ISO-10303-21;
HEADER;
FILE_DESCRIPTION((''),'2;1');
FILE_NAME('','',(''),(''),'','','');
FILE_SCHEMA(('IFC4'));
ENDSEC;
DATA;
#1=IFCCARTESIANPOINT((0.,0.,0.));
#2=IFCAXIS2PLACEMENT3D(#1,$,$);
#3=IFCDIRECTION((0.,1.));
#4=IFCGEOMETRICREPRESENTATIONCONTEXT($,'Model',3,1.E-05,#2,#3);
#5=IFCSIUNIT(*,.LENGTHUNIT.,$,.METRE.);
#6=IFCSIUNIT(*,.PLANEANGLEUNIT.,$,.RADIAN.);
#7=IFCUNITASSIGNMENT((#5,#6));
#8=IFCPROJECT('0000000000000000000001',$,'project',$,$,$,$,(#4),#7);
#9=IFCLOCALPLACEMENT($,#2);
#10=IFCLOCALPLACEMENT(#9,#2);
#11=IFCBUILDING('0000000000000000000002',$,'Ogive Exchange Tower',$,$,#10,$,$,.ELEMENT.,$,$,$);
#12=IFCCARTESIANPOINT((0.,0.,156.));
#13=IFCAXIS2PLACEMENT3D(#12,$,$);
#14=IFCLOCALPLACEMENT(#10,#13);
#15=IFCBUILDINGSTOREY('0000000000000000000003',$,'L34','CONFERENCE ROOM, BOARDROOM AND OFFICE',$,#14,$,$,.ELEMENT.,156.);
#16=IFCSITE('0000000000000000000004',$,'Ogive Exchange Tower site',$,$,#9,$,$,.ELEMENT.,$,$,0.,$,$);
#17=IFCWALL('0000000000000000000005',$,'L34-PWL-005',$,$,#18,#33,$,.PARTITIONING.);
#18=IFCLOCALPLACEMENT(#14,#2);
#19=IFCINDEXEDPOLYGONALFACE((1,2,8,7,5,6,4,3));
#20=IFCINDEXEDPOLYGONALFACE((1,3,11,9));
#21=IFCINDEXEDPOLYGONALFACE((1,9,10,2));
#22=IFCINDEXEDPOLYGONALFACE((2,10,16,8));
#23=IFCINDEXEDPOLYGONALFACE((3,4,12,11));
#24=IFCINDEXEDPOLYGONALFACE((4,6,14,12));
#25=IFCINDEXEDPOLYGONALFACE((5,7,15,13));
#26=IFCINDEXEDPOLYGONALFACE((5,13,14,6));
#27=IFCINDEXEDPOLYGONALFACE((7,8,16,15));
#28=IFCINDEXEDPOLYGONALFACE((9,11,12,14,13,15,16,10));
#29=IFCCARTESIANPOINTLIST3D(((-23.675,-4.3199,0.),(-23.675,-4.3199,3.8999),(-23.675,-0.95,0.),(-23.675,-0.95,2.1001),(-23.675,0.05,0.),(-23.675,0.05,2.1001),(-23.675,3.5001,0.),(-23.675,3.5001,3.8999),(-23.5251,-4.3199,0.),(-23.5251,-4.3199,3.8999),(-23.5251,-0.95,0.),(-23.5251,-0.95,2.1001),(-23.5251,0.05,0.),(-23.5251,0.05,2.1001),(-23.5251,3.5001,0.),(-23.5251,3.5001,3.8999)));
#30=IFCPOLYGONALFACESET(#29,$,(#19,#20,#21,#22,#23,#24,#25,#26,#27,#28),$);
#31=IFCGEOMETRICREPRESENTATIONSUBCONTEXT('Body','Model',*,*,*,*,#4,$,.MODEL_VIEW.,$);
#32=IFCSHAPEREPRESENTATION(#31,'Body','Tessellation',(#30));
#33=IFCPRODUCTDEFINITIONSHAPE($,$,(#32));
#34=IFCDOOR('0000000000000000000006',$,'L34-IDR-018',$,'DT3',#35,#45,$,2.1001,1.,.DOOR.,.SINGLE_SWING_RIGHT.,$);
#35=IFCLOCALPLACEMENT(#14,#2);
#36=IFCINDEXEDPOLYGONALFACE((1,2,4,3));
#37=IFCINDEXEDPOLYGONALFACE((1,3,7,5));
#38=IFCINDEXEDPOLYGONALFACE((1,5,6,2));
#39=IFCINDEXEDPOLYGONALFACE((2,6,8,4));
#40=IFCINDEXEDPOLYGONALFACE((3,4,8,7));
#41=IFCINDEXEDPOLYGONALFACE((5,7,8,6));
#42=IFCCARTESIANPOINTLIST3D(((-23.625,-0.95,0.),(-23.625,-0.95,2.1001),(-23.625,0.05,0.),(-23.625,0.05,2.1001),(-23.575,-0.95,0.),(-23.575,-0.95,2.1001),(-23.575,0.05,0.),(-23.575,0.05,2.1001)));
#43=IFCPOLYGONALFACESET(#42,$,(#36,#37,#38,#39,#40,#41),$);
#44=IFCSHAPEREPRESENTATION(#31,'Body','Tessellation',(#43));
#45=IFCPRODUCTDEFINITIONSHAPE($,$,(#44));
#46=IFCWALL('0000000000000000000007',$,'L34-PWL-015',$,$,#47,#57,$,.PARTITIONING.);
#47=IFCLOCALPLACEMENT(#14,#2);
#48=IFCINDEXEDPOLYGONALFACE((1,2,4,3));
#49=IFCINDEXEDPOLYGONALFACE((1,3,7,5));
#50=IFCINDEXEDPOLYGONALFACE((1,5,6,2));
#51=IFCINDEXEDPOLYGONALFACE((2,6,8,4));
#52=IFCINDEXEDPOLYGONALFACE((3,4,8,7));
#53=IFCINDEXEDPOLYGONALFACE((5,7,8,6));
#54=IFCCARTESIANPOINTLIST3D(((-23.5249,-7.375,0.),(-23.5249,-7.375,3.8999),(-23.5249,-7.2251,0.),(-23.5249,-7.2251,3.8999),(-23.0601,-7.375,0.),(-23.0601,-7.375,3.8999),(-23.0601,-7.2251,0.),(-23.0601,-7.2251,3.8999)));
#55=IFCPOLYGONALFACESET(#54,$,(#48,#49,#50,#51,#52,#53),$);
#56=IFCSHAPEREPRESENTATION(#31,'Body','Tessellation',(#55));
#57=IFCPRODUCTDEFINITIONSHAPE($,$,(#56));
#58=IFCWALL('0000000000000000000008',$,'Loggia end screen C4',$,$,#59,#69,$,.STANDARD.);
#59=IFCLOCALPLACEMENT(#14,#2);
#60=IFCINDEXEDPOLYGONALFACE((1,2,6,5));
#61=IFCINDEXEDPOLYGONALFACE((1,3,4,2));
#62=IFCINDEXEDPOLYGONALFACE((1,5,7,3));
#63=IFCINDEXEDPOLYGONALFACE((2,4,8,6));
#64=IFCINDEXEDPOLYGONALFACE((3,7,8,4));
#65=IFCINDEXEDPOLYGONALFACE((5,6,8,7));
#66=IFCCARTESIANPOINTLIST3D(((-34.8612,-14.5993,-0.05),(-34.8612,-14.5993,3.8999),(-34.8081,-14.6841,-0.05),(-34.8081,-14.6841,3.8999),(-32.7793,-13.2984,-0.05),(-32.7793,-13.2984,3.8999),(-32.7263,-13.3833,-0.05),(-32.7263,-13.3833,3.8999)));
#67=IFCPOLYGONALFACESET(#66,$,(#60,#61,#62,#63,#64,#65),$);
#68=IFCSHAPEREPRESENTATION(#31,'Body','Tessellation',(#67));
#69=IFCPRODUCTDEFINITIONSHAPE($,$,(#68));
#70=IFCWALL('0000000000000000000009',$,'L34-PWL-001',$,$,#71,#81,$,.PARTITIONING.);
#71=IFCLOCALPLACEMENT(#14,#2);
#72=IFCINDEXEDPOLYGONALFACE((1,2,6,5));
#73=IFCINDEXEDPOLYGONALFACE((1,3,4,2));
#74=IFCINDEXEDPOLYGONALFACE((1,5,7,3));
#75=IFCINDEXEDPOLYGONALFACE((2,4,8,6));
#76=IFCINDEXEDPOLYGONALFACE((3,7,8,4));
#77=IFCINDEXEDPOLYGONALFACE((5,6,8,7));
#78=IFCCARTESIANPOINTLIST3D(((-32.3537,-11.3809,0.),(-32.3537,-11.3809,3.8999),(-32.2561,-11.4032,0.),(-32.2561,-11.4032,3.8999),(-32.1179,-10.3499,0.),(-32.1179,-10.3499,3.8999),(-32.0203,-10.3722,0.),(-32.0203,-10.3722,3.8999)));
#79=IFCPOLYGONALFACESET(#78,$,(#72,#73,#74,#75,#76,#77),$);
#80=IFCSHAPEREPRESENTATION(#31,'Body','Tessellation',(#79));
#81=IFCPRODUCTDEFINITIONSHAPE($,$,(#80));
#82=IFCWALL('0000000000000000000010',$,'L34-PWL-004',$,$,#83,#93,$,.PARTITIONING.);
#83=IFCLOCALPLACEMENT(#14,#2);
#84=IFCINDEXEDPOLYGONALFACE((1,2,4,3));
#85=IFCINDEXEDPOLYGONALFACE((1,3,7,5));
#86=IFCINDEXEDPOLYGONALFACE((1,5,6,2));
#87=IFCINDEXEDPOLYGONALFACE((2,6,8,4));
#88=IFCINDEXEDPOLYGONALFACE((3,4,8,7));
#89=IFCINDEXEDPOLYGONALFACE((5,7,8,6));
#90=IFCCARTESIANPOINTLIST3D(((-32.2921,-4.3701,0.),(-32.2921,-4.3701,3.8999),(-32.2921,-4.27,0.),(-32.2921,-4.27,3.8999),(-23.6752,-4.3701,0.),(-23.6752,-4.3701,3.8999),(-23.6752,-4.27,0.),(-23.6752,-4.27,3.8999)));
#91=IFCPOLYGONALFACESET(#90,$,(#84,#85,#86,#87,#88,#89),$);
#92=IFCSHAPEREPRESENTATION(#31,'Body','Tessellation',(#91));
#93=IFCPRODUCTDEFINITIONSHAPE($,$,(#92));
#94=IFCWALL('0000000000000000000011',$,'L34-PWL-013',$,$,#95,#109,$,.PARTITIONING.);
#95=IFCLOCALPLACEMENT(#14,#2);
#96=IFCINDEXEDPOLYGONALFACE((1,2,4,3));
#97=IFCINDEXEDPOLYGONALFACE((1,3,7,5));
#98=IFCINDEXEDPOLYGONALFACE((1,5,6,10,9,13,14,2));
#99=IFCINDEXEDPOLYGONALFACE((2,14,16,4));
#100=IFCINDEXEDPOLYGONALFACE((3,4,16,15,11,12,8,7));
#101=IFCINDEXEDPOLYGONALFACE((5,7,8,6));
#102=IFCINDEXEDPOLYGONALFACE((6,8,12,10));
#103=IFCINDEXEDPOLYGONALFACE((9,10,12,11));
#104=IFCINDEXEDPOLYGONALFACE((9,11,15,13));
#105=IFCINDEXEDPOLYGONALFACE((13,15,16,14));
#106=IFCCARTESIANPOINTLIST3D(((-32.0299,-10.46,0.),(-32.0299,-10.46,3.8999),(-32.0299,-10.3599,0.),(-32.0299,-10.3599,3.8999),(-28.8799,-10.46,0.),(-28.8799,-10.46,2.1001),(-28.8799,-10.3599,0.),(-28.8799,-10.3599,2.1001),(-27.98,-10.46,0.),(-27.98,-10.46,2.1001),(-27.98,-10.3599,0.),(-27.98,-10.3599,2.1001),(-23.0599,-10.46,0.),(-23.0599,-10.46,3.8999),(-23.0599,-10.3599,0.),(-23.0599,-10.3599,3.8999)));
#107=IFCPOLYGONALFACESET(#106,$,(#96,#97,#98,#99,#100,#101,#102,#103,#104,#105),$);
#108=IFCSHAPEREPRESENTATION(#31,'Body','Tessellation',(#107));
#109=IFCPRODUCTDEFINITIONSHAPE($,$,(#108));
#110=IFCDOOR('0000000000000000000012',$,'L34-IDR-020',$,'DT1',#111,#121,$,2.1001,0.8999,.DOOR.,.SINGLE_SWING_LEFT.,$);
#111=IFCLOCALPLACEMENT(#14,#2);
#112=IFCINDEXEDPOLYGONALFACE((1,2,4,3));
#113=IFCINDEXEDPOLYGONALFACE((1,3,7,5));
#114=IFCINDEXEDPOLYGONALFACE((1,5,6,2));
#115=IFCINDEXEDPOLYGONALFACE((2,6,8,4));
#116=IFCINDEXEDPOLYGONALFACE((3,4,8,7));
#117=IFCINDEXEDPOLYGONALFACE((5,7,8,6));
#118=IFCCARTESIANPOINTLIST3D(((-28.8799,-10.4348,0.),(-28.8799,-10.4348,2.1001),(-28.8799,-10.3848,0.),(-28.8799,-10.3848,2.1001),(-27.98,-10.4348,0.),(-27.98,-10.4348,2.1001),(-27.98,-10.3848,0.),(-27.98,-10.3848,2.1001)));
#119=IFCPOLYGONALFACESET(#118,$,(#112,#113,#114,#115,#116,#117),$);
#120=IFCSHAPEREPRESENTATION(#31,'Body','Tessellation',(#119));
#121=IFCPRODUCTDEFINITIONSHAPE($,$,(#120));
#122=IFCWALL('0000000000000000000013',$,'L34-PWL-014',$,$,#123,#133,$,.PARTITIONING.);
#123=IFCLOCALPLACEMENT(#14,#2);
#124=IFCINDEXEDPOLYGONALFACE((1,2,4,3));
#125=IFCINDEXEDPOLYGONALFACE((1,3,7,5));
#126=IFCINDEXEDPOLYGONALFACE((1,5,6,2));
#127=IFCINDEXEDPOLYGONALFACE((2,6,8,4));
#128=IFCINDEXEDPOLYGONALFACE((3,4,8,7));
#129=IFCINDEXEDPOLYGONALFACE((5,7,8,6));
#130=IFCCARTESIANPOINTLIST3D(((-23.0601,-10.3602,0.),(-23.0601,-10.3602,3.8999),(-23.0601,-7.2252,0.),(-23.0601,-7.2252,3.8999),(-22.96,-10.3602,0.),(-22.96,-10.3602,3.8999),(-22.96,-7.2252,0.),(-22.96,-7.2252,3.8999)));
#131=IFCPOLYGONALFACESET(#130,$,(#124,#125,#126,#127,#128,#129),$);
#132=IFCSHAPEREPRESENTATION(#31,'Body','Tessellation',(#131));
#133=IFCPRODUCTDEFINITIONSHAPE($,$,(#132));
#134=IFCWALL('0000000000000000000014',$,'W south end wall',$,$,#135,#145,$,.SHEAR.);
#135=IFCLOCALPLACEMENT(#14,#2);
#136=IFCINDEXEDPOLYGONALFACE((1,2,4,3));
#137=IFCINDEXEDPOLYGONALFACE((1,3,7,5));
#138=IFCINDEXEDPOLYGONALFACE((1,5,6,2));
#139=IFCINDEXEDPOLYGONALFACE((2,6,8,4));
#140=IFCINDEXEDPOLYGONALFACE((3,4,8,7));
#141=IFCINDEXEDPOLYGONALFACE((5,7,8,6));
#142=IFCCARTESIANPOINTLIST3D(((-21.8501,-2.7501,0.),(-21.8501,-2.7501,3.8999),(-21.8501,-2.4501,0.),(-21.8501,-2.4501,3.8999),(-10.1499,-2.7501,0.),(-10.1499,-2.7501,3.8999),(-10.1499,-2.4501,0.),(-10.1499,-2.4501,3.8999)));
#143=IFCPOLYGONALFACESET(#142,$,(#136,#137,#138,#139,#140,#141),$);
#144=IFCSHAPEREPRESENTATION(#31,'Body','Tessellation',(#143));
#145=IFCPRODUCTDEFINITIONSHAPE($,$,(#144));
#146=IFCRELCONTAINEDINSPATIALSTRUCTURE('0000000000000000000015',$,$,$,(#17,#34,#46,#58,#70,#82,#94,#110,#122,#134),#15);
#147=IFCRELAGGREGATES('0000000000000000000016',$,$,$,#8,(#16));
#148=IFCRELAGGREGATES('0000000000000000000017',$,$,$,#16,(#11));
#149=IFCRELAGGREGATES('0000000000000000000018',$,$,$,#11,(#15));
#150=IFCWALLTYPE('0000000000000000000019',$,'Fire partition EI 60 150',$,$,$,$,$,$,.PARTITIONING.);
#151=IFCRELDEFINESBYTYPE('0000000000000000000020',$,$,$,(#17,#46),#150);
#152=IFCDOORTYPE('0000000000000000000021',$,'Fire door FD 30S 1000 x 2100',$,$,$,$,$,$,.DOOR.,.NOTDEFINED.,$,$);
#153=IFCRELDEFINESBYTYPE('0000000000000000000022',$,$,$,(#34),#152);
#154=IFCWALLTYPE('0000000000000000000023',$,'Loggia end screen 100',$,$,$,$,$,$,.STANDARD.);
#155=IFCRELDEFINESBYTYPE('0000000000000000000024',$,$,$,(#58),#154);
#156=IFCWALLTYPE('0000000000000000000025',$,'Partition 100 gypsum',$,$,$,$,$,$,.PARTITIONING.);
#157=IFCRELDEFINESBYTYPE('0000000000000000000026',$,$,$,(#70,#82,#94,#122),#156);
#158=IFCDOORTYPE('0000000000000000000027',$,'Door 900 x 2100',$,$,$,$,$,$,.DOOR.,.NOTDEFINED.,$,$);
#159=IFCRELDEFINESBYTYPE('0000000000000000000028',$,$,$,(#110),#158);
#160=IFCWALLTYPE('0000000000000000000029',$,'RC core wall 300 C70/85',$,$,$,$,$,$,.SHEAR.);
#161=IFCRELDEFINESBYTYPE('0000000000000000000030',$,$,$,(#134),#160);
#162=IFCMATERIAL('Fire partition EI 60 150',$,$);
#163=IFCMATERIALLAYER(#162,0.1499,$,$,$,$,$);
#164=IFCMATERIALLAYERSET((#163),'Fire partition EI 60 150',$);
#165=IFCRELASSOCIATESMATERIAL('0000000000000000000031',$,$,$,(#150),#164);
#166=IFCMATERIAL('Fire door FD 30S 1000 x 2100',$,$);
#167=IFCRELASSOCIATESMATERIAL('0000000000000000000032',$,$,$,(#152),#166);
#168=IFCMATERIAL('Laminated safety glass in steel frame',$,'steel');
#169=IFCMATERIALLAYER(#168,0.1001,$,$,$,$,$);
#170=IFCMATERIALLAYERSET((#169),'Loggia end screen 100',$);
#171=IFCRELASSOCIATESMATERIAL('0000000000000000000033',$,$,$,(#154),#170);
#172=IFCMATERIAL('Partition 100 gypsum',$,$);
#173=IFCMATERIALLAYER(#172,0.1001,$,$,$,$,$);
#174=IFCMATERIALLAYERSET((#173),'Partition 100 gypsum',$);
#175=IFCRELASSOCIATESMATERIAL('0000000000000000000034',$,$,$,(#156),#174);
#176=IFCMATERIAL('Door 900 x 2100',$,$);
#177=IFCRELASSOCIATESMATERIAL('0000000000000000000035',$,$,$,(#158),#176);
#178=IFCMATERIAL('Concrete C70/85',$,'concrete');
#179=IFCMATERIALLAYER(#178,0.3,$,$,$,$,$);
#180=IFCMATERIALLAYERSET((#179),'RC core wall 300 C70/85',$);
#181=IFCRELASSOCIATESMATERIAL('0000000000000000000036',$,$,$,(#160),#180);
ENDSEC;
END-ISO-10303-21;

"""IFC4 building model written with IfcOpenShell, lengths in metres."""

from ifc_helpers import new_model, si_unit, direction, frame, frame_2d, origin, place, context, subcontext, project, spatial, rectangle, extrude, material, layer, layer_set, type_object, element, fill, save


model = new_model("IFC4")

# Units and contexts
model_context = context("Model", 3, precision=1e-05, world=origin(), true_north=direction((0.0, 1.0)))
body_context = subcontext(model_context, "Body", "Model", "MODEL_VIEW")
ifc_project = project(units=[si_unit("LENGTHUNIT", "METRE"), si_unit("PLANEANGLEUNIT", "RADIAN")], contexts=[model_context])

# Site, building, storey
site_placement = place(None, origin())
site = spatial("IfcSite", under=ifc_project, at=site_placement, Name="Ogive Exchange Tower site", CompositionType="ELEMENT", RefElevation=0.0)
building_placement = place(site_placement, origin())
building = spatial("IfcBuilding", under=site, at=building_placement, Name="Ogive Exchange Tower", CompositionType="ELEMENT")
storey_placement = place(building_placement, frame((0.0, 0.0, 156.0)))
storey = spatial("IfcBuildingStorey", under=building, at=storey_placement, Name="L34", Description="CONFERENCE ROOM, BOARDROOM AND OFFICE", CompositionType="ELEMENT", Elevation=156.0)

# Wall, opening, door
ifc_material_1 = material(Name="Fire partition EI 60 150")
ifc_layer_1 = layer(ifc_material_1, 0.1499)
ifc_layer_set_1 = layer_set([ifc_layer_1], Name="Fire partition EI 60 150")
wall_type_1 = type_object("IfcWallType", Name="Fire partition EI 60 150", PredefinedType="PARTITIONING", material=ifc_layer_set_1)
ifc_material_2 = material(Name="Fire door FD 30S 1000 x 2100")
door_type_1 = type_object("IfcDoorType", Name="Fire door FD 30S 1000 x 2100", OperationType="NOTDEFINED", PredefinedType="DOOR", material=ifc_material_2)
wall_1_placement = place(storey_placement, frame((-23.6001, -4.3201, 0.0), z_axis=(0.0, 0.0, 1.0), x_axis=(0.0, 1.0, 0.0)))
wall_1 = element("IfcWall", 1, at=wall_1_placement, inside=storey, type_object=wall_type_1, Name="L34-PWL-005", PredefinedType="PARTITIONING", context=body_context, shape_type="SweptSolid", body=[
    extrude(rectangle(XDim=7.8201, YDim=0.1499, at=frame_2d((3.9102, 0.0))), origin(), (0.0, 0.0, 1.0), 3.8999),
])
opening_1_placement = place(wall_1_placement, frame((3.3701, 0.0, 0.0)))
opening_1 = element("IfcOpeningElement", 2, at=opening_1_placement, cuts=wall_1, PredefinedType="OPENING", context=body_context, shape_type="SweptSolid", body=[
    extrude(rectangle(XDim=1.0, YDim=2.1001, at=frame_2d((0.5, 1.05))), frame((0.0, 0.085, 0.0), z_axis=(0.0, -1.0, 0.0), x_axis=(1.0, 0.0, 0.0)), (0.0, 0.0, 1.0), 0.1699),
])
door_1_placement = place(opening_1_placement, origin())
door_1 = element("IfcDoor", 3, at=door_1_placement, inside=storey, type_object=door_type_1, Name="L34-IDR-018", ObjectType="DT3", OperationType="SINGLE_SWING_RIGHT", OverallHeight=2.1001, OverallWidth=1.0, PredefinedType="DOOR", context=body_context, shape_type="SweptSolid", body=[
    extrude(rectangle(XDim=1.0, YDim=2.1001, at=frame_2d((0.5, 1.05))), frame((0.0, 0.0249, 0.0), z_axis=(0.0, -1.0, 0.0), x_axis=(1.0, 0.0, 0.0)), (0.0, 0.0, 1.0), 0.05),
])
fill(opening_1, door_1)

# Walls
wall_2_placement = place(storey_placement, frame((-23.0601, -7.3, 0.0), z_axis=(0.0, 0.0, 1.0), x_axis=(-1.0, 0.0, 0.0)))
element("IfcWall", 4, at=wall_2_placement, inside=storey, type_object=wall_type_1, Name="L34-PWL-015", PredefinedType="PARTITIONING", context=body_context, shape_type="SweptSolid", body=[
    extrude(rectangle(XDim=0.4648, YDim=0.1499, at=frame_2d((0.2324, 0.0))), origin(), (0.0, 0.0, 1.0), 3.8999),
])
ifc_material_3 = material(Name="Laminated safety glass in steel frame", Category="steel")
ifc_layer_2 = layer(ifc_material_3, 0.1001)
ifc_layer_set_2 = layer_set([ifc_layer_2], Name="Loggia end screen 100")
wall_type_2 = type_object("IfcWallType", Name="Loggia end screen 100", PredefinedType="STANDARD", material=ifc_layer_set_2)
wall_3_placement = place(storey_placement, frame((-32.7527, -13.3408, -0.05), z_axis=(0.0, 0.0, 1.0), x_axis=(-0.84806, -0.529901, 0.0)))
element("IfcWall", 5, at=wall_3_placement, inside=storey, type_object=wall_type_2, Name="Loggia end screen C4", PredefinedType="STANDARD", context=body_context, shape_type="SweptSolid", body=[
    extrude(rectangle(XDim=2.4548, YDim=0.1001, at=frame_2d((1.2275, 0.0))), origin(), (0.0, 0.0, 1.0), 3.95),
])
ifc_material_4 = material(Name="Partition 100 gypsum")
ifc_layer_3 = layer(ifc_material_4, 0.1001)
ifc_layer_set_3 = layer_set([ifc_layer_3], Name="Partition 100 gypsum")
wall_type_3 = type_object("IfcWallType", Name="Partition 100 gypsum", PredefinedType="PARTITIONING", material=ifc_layer_set_3)
wall_4_placement = place(storey_placement, frame((-32.0691, -10.3611, 0.0), z_axis=(0.0, 0.0, 1.0), x_axis=(-0.222988, -0.974821, 0.0)))
element("IfcWall", 6, at=wall_4_placement, inside=storey, type_object=wall_type_3, Name="L34-PWL-001", PredefinedType="PARTITIONING", context=body_context, shape_type="SweptSolid", body=[
    extrude(rectangle(XDim=1.0576, YDim=0.1001, at=frame_2d((0.5288, 0.0))), origin(), (0.0, 0.0, 1.0), 3.8999),
])
wall_5_placement = place(storey_placement, frame((-23.675, -4.3201, 0.0), z_axis=(0.0, 0.0, 1.0), x_axis=(-1.0, 0.0, 0.0)))
element("IfcWall", 7, at=wall_5_placement, inside=storey, type_object=wall_type_3, Name="L34-PWL-004", PredefinedType="PARTITIONING", context=body_context, shape_type="SweptSolid", body=[
    extrude(rectangle(XDim=8.6169, YDim=0.1001, at=frame_2d((4.3086, 0.0))), origin(), (0.0, 0.0, 1.0), 3.8999),
])

# Wall, opening, door
wall_6_placement = place(storey_placement, frame((-23.0601, -10.4099, 0.0), z_axis=(0.0, 0.0, 1.0), x_axis=(-1.0, 0.0, 0.0)))
wall_6 = element("IfcWall", 8, at=wall_6_placement, inside=storey, type_object=wall_type_3, Name="L34-PWL-013", PredefinedType="PARTITIONING", context=body_context, shape_type="SweptSolid", body=[
    extrude(rectangle(XDim=8.97, YDim=0.1001, at=frame_2d((4.4849, 0.0))), origin(), (0.0, 0.0, 1.0), 3.8999),
])
opening_2_placement = place(wall_6_placement, frame((4.9199, 0.0, 0.0)))
opening_2 = element("IfcOpeningElement", 9, at=opening_2_placement, cuts=wall_6, PredefinedType="OPENING", context=body_context, shape_type="SweptSolid", body=[
    extrude(rectangle(XDim=0.8999, YDim=2.1001, at=frame_2d((0.45, 1.05))), frame((0.0, 0.0601, 0.0), z_axis=(0.0, -1.0, 0.0), x_axis=(1.0, 0.0, 0.0)), (0.0, 0.0, 1.0), 0.1201),
])
ifc_material_5 = material(Name="Door 900 x 2100")
door_type_2 = type_object("IfcDoorType", Name="Door 900 x 2100", OperationType="NOTDEFINED", PredefinedType="DOOR", material=ifc_material_5)
door_2_placement = place(opening_2_placement, origin())
door_2 = element("IfcDoor", 10, at=door_2_placement, inside=storey, type_object=door_type_2, Name="L34-IDR-020", ObjectType="DT1", OperationType="SINGLE_SWING_LEFT", OverallHeight=2.1001, OverallWidth=0.8999, PredefinedType="DOOR", context=body_context, shape_type="SweptSolid", body=[
    extrude(rectangle(XDim=0.8999, YDim=2.1001, at=frame_2d((0.45, 1.05))), frame((0.0, 0.0249, 0.0), z_axis=(0.0, -1.0, 0.0), x_axis=(1.0, 0.0, 0.0)), (0.0, 0.0, 1.0), 0.05),
])
fill(opening_2, door_2)

# Walls
wall_7_placement = place(storey_placement, frame((-23.01, -10.3601, 0.0), z_axis=(0.0, 0.0, 1.0), x_axis=(0.0, 1.0, 0.0)))
element("IfcWall", 11, at=wall_7_placement, inside=storey, type_object=wall_type_3, Name="L34-PWL-014", PredefinedType="PARTITIONING", context=body_context, shape_type="SweptSolid", body=[
    extrude(rectangle(XDim=3.135, YDim=0.1001, at=frame_2d((1.5674, 0.0))), origin(), (0.0, 0.0, 1.0), 3.8999),
])
ifc_material_6 = material(Name="Concrete C70/85", Category="concrete")
ifc_layer_4 = layer(ifc_material_6, 0.3)
ifc_layer_set_4 = layer_set([ifc_layer_4], Name="RC core wall 300 C70/85")
wall_type_4 = type_object("IfcWallType", Name="RC core wall 300 C70/85", PredefinedType="SHEAR", material=ifc_layer_set_4)
wall_8_placement = place(storey_placement, frame((-21.8501, -2.6001, 0.0), z_axis=(0.0, 0.0, 1.0), x_axis=(1.0, 0.0, 0.0)))
element("IfcWall", 12, at=wall_8_placement, inside=storey, type_object=wall_type_4, Name="W south end wall", PredefinedType="SHEAR", context=body_context, shape_type="SweptSolid", body=[
    extrude(rectangle(XDim=11.7002, YDim=0.3, at=frame_2d((5.8501, 0.0))), origin(), (0.0, 0.0, 1.0), 3.8999),
])

save(model, "model.ifc")
